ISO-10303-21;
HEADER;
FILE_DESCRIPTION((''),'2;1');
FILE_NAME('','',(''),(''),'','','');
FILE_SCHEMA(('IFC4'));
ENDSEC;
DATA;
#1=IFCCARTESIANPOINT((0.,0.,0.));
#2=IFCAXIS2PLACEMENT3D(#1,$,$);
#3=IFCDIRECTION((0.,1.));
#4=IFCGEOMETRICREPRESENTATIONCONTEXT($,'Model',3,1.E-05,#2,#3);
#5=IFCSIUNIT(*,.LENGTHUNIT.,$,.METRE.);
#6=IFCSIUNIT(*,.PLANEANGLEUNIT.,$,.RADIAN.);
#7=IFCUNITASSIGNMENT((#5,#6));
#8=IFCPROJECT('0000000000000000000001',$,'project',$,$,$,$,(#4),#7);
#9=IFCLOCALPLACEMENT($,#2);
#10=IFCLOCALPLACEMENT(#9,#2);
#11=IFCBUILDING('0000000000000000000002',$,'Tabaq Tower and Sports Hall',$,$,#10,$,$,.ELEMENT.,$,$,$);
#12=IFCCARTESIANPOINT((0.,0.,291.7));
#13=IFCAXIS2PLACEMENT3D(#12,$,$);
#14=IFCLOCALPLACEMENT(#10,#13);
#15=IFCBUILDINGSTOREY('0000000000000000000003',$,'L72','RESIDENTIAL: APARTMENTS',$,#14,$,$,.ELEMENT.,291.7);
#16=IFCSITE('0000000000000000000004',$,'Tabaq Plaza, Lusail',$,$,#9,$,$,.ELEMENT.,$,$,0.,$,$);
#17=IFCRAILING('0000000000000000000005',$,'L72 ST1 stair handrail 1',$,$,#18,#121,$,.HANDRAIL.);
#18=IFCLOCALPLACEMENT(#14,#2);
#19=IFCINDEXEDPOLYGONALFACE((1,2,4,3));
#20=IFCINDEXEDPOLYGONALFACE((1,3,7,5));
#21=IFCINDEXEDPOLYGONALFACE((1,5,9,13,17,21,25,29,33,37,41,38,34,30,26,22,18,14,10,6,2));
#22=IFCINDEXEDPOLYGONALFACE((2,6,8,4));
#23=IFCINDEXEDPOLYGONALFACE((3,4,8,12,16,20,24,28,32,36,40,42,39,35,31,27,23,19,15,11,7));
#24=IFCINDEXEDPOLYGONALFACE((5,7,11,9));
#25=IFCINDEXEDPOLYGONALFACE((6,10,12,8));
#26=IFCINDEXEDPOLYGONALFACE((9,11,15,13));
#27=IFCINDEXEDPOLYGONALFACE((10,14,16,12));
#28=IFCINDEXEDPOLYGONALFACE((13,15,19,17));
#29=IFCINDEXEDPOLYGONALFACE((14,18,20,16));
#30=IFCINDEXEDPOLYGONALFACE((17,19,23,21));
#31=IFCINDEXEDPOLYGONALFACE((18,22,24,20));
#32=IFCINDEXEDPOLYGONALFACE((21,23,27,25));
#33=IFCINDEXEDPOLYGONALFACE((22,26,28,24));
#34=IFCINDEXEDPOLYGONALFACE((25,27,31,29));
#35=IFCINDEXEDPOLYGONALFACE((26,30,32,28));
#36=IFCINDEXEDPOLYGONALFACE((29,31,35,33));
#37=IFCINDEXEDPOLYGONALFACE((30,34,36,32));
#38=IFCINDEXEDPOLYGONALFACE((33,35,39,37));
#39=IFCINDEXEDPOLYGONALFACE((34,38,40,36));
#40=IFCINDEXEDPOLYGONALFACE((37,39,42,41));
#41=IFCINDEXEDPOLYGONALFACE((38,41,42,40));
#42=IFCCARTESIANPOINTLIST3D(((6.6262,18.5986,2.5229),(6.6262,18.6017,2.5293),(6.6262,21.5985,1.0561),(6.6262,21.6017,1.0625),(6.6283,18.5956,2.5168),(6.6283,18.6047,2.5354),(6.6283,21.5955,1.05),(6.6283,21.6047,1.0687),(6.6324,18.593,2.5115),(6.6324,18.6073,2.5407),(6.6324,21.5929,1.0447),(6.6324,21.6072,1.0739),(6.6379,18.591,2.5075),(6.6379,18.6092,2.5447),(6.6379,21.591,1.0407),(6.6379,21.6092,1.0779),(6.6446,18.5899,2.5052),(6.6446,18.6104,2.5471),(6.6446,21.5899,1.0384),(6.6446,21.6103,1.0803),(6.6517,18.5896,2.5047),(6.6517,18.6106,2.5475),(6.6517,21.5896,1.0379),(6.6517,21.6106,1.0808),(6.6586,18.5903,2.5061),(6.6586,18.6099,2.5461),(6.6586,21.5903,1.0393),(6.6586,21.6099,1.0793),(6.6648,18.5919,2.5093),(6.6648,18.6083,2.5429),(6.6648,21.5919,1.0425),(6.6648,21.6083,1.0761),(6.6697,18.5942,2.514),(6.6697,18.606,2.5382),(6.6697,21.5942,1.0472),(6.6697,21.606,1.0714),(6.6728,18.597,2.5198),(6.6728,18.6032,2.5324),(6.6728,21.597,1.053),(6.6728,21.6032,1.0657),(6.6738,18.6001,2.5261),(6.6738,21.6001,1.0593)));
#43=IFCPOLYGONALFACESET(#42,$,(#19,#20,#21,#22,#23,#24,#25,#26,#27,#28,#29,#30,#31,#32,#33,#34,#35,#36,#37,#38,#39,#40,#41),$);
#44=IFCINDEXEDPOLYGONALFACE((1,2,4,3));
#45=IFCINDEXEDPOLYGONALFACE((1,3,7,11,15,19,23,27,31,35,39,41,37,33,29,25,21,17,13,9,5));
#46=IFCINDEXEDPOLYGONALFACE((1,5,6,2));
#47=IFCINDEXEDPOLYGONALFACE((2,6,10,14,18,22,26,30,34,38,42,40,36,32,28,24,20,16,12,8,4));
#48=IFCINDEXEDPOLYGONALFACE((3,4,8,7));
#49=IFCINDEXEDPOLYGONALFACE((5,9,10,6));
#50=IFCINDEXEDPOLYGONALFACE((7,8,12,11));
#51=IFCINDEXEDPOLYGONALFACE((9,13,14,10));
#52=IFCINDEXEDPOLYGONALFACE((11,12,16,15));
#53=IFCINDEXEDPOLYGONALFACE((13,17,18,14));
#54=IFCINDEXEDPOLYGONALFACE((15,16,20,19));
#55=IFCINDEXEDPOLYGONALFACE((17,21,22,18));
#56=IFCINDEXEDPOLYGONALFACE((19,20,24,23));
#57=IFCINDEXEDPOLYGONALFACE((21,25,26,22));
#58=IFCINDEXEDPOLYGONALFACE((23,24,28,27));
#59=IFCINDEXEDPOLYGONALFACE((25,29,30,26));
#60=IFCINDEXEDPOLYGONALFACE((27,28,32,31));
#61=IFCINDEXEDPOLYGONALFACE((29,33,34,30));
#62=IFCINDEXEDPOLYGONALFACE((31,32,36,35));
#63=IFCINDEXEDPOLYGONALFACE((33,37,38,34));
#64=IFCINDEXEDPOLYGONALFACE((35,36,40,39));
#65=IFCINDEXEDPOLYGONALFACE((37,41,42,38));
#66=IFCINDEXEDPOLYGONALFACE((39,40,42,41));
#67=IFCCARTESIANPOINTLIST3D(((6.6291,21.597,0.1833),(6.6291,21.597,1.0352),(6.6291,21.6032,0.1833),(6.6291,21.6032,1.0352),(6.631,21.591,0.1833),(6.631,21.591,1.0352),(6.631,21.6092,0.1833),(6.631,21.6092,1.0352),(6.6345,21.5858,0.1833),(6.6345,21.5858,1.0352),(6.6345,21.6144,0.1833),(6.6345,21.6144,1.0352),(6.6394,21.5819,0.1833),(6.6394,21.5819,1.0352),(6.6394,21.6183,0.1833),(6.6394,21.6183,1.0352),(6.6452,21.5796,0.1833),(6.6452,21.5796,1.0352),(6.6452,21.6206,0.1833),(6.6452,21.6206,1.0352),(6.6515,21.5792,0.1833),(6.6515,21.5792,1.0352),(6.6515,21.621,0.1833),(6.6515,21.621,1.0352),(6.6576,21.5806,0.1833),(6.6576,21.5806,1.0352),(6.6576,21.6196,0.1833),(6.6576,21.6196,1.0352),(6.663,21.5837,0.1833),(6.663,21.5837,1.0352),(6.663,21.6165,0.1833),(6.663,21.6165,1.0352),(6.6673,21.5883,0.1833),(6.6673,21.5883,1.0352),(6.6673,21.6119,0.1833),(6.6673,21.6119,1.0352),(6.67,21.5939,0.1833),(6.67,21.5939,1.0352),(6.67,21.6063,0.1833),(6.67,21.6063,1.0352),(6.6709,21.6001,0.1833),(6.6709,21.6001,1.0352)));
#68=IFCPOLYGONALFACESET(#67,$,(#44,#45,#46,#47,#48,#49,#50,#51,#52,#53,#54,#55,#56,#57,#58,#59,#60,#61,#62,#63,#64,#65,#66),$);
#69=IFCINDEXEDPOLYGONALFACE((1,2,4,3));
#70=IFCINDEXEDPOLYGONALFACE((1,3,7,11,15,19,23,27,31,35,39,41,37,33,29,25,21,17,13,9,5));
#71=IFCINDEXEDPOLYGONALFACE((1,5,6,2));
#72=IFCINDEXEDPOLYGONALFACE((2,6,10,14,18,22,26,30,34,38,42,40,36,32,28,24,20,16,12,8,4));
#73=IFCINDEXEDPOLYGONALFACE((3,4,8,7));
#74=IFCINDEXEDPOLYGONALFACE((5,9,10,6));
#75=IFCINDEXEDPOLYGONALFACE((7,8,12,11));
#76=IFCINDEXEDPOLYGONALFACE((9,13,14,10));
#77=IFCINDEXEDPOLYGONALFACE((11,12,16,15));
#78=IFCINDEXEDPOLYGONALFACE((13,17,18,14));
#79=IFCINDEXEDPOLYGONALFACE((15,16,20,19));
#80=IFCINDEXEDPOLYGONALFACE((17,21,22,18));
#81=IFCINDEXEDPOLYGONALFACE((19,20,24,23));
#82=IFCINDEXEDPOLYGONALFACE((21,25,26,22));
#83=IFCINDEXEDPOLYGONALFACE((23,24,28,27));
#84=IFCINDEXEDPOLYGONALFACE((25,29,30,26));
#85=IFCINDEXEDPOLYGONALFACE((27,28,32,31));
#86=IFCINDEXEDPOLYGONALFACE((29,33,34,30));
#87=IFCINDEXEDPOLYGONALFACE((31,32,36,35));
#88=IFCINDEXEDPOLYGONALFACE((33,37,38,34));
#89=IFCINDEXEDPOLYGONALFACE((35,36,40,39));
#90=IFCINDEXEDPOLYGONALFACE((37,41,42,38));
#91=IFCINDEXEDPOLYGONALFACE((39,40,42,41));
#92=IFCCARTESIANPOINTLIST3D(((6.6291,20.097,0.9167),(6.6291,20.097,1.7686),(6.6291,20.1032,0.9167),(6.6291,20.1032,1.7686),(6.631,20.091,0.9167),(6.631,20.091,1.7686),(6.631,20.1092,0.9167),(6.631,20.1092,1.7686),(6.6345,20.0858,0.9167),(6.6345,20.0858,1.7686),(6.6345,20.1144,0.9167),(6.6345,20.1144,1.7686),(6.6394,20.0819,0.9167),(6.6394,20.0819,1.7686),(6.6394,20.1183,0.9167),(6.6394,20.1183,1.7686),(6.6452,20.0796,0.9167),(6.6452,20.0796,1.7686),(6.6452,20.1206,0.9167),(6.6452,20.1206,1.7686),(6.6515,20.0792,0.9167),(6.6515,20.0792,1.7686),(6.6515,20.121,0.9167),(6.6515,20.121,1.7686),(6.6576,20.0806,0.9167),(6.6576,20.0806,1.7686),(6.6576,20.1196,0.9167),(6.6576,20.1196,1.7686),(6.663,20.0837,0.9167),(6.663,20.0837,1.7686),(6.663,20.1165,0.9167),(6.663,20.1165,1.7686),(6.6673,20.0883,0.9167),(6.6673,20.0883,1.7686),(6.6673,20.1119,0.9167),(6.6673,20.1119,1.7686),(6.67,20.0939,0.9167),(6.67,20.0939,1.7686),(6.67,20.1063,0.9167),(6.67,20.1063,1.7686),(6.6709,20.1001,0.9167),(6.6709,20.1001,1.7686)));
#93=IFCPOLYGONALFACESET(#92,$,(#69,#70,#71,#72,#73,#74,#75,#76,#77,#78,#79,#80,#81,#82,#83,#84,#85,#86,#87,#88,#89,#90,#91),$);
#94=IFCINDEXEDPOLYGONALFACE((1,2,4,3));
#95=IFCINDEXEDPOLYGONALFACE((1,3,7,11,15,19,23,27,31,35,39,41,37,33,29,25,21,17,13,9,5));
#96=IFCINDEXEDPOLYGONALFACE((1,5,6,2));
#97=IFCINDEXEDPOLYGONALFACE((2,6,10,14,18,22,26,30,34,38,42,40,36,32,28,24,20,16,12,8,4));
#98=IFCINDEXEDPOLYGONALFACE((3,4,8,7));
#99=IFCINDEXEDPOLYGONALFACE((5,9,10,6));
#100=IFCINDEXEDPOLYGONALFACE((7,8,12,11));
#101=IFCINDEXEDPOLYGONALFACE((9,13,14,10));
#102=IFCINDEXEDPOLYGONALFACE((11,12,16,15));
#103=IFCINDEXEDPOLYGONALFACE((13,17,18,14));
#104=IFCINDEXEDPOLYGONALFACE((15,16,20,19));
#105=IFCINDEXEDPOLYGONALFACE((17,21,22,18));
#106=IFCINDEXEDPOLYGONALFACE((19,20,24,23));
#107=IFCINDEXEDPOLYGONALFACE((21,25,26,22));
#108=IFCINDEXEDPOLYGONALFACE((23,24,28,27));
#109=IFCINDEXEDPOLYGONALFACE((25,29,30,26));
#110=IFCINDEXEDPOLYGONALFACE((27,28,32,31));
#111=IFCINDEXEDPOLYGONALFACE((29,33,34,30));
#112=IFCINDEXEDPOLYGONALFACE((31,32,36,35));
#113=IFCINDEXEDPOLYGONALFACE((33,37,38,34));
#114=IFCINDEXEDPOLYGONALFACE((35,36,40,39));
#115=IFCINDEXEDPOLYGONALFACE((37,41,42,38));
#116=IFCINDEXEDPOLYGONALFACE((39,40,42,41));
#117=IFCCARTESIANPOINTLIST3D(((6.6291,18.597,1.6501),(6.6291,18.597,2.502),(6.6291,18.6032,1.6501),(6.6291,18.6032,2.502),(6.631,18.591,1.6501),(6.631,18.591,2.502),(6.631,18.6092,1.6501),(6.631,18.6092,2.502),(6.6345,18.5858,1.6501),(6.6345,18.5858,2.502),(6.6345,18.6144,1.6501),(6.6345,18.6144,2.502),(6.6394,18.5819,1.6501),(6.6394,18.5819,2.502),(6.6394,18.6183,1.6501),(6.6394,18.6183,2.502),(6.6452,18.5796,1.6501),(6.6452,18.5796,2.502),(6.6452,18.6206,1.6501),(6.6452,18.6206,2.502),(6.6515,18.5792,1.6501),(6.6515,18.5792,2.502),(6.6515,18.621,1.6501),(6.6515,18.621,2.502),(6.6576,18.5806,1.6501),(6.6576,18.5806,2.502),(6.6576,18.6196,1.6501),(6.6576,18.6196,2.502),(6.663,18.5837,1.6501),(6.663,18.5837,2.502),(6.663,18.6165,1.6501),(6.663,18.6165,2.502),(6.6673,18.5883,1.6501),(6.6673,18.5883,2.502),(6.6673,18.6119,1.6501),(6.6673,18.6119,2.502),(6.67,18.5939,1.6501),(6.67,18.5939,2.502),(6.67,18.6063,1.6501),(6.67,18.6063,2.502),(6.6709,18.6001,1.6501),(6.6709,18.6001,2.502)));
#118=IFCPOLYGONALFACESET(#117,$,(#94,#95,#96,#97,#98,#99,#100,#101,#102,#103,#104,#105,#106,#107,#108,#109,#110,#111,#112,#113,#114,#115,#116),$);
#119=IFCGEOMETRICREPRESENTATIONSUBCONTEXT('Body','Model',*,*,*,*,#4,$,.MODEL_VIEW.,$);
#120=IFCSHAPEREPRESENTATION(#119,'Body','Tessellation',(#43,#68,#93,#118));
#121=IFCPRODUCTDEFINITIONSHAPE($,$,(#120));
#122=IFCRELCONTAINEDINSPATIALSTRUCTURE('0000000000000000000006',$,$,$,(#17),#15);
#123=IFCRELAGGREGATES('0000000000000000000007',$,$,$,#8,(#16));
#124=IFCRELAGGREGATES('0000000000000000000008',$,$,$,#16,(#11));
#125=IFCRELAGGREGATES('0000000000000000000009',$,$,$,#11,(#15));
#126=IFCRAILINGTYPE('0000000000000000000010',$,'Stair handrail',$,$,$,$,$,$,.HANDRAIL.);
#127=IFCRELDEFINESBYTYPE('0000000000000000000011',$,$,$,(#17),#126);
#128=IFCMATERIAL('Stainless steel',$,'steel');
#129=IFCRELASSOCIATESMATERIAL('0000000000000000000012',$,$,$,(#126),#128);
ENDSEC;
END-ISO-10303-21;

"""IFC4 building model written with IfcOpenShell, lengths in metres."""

from ifc_helpers import new_model, si_unit, direction, frame, origin, origin_2d, place, context, subcontext, project, spatial, circle, extrude, material, type_object, element, save


model = new_model("IFC4")

# Units and contexts
model_context = context("Model", 3, precision=1e-05, world=origin(), true_north=direction((0.0, 1.0)))
body_context = subcontext(model_context, "Body", "Model", "MODEL_VIEW")
ifc_project = project(units=[si_unit("LENGTHUNIT", "METRE"), si_unit("PLANEANGLEUNIT", "RADIAN")], contexts=[model_context])

# Site, building, storey
site_placement = place(None, origin())
site = spatial("IfcSite", under=ifc_project, at=site_placement, Name="Tabaq Plaza, Lusail", CompositionType="ELEMENT", RefElevation=0.0)
building_placement = place(site_placement, origin())
building = spatial("IfcBuilding", under=site, at=building_placement, Name="Tabaq Tower and Sports Hall", CompositionType="ELEMENT")
storey_placement = place(building_placement, frame((0.0, 0.0, 291.7)))
storey = spatial("IfcBuildingStorey", under=building, at=storey_placement, Name="L72", Description="RESIDENTIAL: APARTMENTS", CompositionType="ELEMENT", Elevation=291.7)

# Railing
ifc_material_1 = material(Name="Stainless steel", Category="steel")
railing_type = type_object("IfcRailingType", Name="Stair handrail", PredefinedType="HANDRAIL", material=ifc_material_1)
railing_1_placement = place(storey_placement, frame((6.6499, 21.6001, 0.1833)))
element("IfcRailing", 1, at=railing_1_placement, inside=storey, type_object=railing_type, Name="L72 ST1 stair handrail 1", PredefinedType="HANDRAIL", context=body_context, shape_type="SweptSolid", body=[
    extrude(circle(Radius=0.0239, at=origin_2d()), frame((0.0, 0.0, 0.876), z_axis=(0.0, -0.898369, 0.439242), x_axis=(1.0, 0.0, 0.0)), (0.0, 0.0, 1.0), 3.3394),
    extrude(circle(Radius=0.021, at=origin_2d()), origin(), (0.0, 0.0, 1.0), 0.8518),
    extrude(circle(Radius=0.021, at=origin_2d()), frame((0.0, -1.5, 0.7334)), (0.0, 0.0, 1.0), 0.8518),
    extrude(circle(Radius=0.021, at=origin_2d()), frame((0.0, -3.0, 1.4668)), (0.0, 0.0, 1.0), 0.8518),
])

save(model, "model.ifc")
